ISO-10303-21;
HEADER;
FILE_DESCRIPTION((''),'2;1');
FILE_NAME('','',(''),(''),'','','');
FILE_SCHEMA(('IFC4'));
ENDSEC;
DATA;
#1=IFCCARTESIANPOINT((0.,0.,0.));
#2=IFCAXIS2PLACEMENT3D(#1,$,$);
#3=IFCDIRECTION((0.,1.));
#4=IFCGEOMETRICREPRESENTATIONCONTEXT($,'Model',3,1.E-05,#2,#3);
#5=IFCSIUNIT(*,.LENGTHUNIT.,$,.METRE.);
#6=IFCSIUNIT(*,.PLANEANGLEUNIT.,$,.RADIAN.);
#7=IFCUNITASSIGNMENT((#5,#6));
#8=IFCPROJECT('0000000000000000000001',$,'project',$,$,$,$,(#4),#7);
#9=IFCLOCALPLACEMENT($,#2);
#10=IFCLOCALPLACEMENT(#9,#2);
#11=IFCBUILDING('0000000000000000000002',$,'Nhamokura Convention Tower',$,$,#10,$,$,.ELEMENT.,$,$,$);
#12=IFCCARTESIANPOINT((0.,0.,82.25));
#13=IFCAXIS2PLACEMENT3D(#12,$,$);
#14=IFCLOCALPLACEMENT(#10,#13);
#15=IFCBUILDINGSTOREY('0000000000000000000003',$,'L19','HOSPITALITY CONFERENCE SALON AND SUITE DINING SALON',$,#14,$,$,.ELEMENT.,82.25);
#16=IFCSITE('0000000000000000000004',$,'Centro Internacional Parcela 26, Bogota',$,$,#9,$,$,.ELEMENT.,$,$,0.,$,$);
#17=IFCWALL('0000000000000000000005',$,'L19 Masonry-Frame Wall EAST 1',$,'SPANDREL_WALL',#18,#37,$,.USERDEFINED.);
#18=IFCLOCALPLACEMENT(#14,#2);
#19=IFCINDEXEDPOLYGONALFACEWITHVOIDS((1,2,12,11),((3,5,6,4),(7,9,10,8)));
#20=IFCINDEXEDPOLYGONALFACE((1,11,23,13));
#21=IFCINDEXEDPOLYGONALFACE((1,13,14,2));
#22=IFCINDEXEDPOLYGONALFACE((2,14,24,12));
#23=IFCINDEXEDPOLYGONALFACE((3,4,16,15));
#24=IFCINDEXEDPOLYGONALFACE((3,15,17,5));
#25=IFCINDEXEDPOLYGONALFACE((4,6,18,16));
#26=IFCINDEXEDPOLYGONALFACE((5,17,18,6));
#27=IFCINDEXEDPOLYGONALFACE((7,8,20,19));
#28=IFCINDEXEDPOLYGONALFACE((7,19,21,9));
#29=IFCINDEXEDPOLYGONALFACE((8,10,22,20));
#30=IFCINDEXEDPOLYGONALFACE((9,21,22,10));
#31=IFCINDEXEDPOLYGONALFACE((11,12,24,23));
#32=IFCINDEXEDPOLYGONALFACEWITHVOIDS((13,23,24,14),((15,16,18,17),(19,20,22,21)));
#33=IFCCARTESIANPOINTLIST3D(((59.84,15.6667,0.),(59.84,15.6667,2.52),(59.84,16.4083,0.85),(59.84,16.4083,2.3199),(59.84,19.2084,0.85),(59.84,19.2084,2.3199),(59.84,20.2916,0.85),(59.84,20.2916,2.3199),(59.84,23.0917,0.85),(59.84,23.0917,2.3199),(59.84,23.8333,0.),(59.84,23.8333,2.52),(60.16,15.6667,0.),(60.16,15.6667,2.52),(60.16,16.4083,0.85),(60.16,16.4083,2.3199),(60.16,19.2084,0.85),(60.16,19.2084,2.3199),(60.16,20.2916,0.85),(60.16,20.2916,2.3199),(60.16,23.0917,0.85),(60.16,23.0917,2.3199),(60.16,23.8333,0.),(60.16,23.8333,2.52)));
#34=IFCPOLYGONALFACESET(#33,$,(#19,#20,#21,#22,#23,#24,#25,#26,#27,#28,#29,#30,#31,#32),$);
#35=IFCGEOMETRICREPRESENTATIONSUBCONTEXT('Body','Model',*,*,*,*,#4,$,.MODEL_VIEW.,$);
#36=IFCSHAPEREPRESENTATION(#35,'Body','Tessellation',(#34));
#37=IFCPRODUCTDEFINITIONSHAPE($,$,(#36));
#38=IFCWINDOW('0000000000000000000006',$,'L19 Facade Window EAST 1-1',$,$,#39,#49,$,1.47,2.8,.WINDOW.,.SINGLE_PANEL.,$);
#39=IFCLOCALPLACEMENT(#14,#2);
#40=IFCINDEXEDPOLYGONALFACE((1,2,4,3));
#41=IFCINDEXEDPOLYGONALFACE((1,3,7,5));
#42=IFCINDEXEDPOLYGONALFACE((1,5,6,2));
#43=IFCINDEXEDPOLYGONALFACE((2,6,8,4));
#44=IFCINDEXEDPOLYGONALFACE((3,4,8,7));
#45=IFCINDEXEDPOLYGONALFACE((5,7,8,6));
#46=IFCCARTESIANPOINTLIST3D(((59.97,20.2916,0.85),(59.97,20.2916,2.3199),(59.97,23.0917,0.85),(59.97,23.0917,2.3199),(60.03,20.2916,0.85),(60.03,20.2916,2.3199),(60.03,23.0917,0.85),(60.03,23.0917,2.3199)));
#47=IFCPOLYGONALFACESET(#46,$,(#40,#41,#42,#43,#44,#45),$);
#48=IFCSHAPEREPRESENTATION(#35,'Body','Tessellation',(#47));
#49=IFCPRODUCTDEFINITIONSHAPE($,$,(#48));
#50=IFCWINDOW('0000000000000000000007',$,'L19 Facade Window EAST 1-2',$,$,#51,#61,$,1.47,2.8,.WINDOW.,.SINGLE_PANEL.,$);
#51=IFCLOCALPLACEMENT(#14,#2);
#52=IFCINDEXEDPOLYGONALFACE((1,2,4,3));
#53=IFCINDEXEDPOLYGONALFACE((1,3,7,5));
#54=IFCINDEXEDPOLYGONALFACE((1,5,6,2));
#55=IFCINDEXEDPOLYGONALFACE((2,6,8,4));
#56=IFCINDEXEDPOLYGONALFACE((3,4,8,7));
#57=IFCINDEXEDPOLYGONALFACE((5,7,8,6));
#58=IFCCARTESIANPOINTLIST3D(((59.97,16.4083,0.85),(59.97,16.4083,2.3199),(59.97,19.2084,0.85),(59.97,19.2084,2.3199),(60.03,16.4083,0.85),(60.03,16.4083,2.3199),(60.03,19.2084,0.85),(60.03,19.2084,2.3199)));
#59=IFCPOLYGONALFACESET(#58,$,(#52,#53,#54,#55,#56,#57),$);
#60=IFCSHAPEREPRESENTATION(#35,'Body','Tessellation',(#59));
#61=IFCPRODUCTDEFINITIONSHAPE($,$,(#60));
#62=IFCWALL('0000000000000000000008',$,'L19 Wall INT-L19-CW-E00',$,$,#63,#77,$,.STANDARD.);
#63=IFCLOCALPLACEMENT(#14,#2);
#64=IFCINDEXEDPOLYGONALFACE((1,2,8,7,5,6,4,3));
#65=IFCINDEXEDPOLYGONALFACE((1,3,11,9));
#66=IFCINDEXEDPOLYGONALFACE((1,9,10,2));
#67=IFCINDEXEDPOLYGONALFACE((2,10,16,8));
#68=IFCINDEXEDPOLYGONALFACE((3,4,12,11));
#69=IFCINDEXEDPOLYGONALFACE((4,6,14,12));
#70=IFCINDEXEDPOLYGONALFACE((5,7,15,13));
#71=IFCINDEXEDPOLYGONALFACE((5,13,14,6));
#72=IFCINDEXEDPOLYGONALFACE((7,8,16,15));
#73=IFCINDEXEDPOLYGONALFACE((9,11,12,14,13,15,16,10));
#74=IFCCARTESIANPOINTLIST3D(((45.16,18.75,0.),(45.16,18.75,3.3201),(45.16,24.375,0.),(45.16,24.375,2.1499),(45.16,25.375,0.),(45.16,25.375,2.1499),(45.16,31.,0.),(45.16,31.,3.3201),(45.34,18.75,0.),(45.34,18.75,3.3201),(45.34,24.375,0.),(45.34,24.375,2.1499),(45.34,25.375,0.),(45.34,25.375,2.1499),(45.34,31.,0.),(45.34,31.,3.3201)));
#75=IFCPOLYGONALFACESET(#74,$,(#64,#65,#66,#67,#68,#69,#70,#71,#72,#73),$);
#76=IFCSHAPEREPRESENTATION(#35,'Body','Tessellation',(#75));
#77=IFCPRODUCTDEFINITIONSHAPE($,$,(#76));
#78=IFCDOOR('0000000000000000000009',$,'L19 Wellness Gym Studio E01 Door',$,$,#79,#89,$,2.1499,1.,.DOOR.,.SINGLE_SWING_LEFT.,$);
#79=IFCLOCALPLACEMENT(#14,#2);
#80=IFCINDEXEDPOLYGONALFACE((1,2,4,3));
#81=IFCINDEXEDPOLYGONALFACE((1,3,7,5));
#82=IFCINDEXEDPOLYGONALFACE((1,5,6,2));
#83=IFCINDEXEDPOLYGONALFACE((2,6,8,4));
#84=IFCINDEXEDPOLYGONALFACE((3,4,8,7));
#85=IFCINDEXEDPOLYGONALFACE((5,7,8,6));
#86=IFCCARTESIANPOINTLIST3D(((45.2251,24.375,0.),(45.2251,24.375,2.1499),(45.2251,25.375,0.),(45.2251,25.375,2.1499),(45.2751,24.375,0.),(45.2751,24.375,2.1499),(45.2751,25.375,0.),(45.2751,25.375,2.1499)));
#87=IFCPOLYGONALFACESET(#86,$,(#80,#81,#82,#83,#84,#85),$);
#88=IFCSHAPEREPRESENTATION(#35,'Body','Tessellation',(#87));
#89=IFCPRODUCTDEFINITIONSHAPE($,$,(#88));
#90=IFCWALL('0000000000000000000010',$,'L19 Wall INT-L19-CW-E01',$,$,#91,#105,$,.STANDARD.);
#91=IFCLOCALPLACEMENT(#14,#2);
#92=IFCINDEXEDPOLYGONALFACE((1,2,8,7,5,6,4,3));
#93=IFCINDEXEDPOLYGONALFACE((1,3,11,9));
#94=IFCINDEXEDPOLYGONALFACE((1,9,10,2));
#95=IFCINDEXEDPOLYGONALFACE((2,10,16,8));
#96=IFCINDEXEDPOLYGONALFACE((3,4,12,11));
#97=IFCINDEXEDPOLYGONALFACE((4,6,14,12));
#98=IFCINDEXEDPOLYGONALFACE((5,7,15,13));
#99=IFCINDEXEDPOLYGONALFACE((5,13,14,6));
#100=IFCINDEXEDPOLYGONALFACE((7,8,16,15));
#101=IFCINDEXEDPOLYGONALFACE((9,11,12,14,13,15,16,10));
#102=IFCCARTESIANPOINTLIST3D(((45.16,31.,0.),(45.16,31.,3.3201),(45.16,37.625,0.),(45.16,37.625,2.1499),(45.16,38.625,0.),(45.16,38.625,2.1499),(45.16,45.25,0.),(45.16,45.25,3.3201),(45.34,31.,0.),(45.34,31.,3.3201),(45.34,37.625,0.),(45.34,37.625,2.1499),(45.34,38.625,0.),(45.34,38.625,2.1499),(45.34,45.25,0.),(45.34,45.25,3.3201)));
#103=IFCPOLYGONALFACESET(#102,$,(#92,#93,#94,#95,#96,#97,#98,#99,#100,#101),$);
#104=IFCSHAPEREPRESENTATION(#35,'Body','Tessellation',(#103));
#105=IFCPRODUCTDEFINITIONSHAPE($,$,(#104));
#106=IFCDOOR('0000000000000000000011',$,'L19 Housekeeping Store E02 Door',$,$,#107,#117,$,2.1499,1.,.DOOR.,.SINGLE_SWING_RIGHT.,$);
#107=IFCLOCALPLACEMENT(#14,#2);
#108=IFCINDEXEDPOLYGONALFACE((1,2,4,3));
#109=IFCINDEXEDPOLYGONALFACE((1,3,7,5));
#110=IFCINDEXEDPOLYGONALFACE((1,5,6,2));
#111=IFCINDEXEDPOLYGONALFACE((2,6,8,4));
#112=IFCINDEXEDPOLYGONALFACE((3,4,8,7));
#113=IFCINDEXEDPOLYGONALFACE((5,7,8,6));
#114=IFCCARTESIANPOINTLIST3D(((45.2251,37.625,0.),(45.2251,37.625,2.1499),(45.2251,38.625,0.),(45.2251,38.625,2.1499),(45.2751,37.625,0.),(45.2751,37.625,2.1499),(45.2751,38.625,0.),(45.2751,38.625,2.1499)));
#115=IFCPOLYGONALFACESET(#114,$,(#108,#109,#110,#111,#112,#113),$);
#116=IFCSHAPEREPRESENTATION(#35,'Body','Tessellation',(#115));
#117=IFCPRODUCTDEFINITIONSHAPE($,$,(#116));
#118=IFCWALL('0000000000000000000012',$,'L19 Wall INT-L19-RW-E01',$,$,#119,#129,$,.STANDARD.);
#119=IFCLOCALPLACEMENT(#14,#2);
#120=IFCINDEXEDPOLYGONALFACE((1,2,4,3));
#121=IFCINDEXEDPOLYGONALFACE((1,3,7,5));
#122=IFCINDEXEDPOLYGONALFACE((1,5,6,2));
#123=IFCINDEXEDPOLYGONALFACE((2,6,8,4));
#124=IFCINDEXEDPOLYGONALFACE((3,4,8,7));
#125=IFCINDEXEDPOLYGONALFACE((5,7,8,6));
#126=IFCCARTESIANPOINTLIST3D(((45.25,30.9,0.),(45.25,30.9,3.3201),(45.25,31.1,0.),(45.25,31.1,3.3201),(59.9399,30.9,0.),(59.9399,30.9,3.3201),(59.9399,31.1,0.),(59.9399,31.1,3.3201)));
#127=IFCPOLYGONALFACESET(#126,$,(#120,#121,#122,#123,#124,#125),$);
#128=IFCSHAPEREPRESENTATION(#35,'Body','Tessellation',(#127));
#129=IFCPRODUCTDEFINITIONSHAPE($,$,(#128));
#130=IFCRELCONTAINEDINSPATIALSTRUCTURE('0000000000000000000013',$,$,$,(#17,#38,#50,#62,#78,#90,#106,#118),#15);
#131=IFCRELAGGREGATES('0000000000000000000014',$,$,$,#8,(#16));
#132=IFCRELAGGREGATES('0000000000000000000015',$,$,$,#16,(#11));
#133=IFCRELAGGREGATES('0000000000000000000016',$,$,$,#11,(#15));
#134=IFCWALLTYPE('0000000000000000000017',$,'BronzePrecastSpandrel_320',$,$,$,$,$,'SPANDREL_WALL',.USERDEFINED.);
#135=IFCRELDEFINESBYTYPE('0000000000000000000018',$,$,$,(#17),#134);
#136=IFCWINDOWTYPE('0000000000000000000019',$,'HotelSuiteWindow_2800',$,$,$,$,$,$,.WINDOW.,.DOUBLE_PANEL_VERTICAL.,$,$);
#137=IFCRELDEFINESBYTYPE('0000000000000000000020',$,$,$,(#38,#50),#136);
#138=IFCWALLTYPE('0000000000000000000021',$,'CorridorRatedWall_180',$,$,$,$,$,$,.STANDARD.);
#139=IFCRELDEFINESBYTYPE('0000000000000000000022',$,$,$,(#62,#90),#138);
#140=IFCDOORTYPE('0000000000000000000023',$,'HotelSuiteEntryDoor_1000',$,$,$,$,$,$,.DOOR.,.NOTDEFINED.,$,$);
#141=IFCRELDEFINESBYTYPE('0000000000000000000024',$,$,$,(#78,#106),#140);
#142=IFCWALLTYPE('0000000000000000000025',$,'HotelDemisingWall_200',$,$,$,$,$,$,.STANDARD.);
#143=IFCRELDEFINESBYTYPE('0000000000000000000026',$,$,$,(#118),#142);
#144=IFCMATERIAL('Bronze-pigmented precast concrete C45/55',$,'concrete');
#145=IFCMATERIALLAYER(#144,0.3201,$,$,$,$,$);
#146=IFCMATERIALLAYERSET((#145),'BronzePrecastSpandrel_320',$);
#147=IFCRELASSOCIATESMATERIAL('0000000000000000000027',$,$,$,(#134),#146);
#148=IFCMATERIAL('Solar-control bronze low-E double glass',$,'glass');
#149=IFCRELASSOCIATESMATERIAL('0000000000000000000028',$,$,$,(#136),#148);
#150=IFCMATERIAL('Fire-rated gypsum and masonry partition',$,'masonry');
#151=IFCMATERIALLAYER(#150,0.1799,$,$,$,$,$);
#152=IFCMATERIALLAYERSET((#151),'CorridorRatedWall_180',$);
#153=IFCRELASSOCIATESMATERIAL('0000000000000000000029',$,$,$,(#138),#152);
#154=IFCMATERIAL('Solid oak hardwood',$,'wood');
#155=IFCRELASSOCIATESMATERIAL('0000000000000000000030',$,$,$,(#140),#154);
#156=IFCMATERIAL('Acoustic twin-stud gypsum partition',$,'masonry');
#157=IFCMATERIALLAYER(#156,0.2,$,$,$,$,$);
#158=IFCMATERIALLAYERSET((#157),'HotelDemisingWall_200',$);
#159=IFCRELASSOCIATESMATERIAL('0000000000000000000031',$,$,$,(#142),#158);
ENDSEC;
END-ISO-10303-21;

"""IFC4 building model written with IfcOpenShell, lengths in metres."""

from ifc_helpers import new_model, si_unit, direction, frame, frame_2d, origin, place, context, subcontext, project, spatial, rectangle, extrude, material, layer, layer_set, type_object, element, fill, save


model = new_model("IFC4")

# Units and contexts
model_context = context("Model", 3, precision=1e-05, world=origin(), true_north=direction((0.0, 1.0)))
body_context = subcontext(model_context, "Body", "Model", "MODEL_VIEW")
ifc_project = project(units=[si_unit("LENGTHUNIT", "METRE"), si_unit("PLANEANGLEUNIT", "RADIAN")], contexts=[model_context])

# Site, building, storey
site_placement = place(None, origin())
site = spatial("IfcSite", under=ifc_project, at=site_placement, Name="Centro Internacional Parcela 26, Bogota", CompositionType="ELEMENT", RefElevation=0.0)
building_placement = place(site_placement, origin())
building = spatial("IfcBuilding", under=site, at=building_placement, Name="Nhamokura Convention Tower", CompositionType="ELEMENT")
storey_placement = place(building_placement, frame((0.0, 0.0, 82.25)))
storey = spatial("IfcBuildingStorey", under=building, at=storey_placement, Name="L19", Description="HOSPITALITY CONFERENCE SALON AND SUITE DINING SALON", CompositionType="ELEMENT", Elevation=82.25)

# Shared definitions
ifc_material_1 = material(Name="Bronze-pigmented precast concrete C45/55", Category="concrete")
ifc_layer_1 = layer(ifc_material_1, 0.3201)
ifc_layer_set_1 = layer_set([ifc_layer_1], Name="BronzePrecastSpandrel_320")
wall_type_1 = type_object("IfcWallType", Name="BronzePrecastSpandrel_320", ElementType="SPANDREL_WALL", PredefinedType="USERDEFINED", material=ifc_layer_set_1)

# Wall, openings, windows
wall_1_placement = place(storey_placement, frame((60.0, 23.8333, 0.0), z_axis=(0.0, 0.0, 1.0), x_axis=(0.0, -1.0, 0.0)))
wall_1 = element("IfcWall", 1, at=wall_1_placement, inside=storey, type_object=wall_type_1, Name="L19 Masonry-Frame Wall EAST 1", ObjectType="SPANDREL_WALL", PredefinedType="USERDEFINED", context=body_context, shape_type="SweptSolid", body=[
    extrude(rectangle(XDim=8.1665, YDim=0.3201, at=frame_2d((4.0833, 0.0))), origin(), (0.0, 0.0, 1.0), 2.52),
])
opening_1_placement = place(wall_1_placement, frame((0.7417, 0.0, 0.8501)))
opening_1 = element("IfcOpeningElement", 2, at=opening_1_placement, cuts=wall_1, PredefinedType="OPENING", context=body_context, shape_type="SweptSolid", body=[
    extrude(rectangle(XDim=2.8, YDim=1.47, at=frame_2d((1.3999, 0.7349))), frame((0.0, 0.1699, 0.0), z_axis=(0.0, -1.0, 0.0), x_axis=(1.0, 0.0, 0.0)), (0.0, 0.0, 1.0), 0.3401),
])
opening_2_placement = place(wall_1_placement, frame((4.625, 0.0, 0.8501)))
opening_2 = element("IfcOpeningElement", 3, at=opening_2_placement, cuts=wall_1, PredefinedType="OPENING", context=body_context, shape_type="SweptSolid", body=[
    extrude(rectangle(XDim=2.8, YDim=1.47, at=frame_2d((1.3999, 0.7349))), frame((0.0, 0.1699, 0.0), z_axis=(0.0, -1.0, 0.0), x_axis=(1.0, 0.0, 0.0)), (0.0, 0.0, 1.0), 0.3401),
])
ifc_material_2 = material(Name="Solar-control bronze low-E double glass", Category="glass")
window_type = type_object("IfcWindowType", Name="HotelSuiteWindow_2800", PartitioningType="DOUBLE_PANEL_VERTICAL", PredefinedType="WINDOW", material=ifc_material_2)
window_1_placement = place(opening_1_placement, origin())
window_1 = element("IfcWindow", 4, at=window_1_placement, inside=storey, type_object=window_type, Name="L19 Facade Window EAST 1-1", OverallHeight=1.47, OverallWidth=2.8, PartitioningType="SINGLE_PANEL", PredefinedType="WINDOW", context=body_context, shape_type="SweptSolid", body=[
    extrude(rectangle(XDim=2.8, YDim=1.47, at=frame_2d((1.3999, 0.7349))), frame((0.0, 0.03, 0.0), z_axis=(0.0, -1.0, 0.0), x_axis=(1.0, 0.0, 0.0)), (0.0, 0.0, 1.0), 0.0601),
])
fill(opening_1, window_1)
window_2_placement = place(opening_2_placement, origin())
window_2 = element("IfcWindow", 5, at=window_2_placement, inside=storey, type_object=window_type, Name="L19 Facade Window EAST 1-2", OverallHeight=1.47, OverallWidth=2.8, PartitioningType="SINGLE_PANEL", PredefinedType="WINDOW", context=body_context, shape_type="SweptSolid", body=[
    extrude(rectangle(XDim=2.8, YDim=1.47, at=frame_2d((1.3999, 0.7349))), frame((0.0, 0.03, 0.0), z_axis=(0.0, -1.0, 0.0), x_axis=(1.0, 0.0, 0.0)), (0.0, 0.0, 1.0), 0.0601),
])
fill(opening_2, window_2)

# Walls, openings, doors
ifc_material_3 = material(Name="Fire-rated gypsum and masonry partition", Category="masonry")
ifc_layer_2 = layer(ifc_material_3, 0.1799)
ifc_layer_set_2 = layer_set([ifc_layer_2], Name="CorridorRatedWall_180")
wall_type_2 = type_object("IfcWallType", Name="CorridorRatedWall_180", PredefinedType="STANDARD", material=ifc_layer_set_2)
wall_2_placement = place(storey_placement, frame((45.25, 18.75, 0.0), z_axis=(0.0, 0.0, 1.0), x_axis=(0.0, 1.0, 0.0)))
wall_2 = element("IfcWall", 6, at=wall_2_placement, inside=storey, type_object=wall_type_2, Name="L19 Wall INT-L19-CW-E00", PredefinedType="STANDARD", context=body_context, shape_type="SweptSolid", body=[
    extrude(rectangle(XDim=12.25, YDim=0.1799, at=frame_2d((6.125, 0.0))), origin(), (0.0, 0.0, 1.0), 3.3201),
])
opening_3_placement = place(wall_2_placement, frame((5.625, 0.0, 0.0)))
opening_3 = element("IfcOpeningElement", 7, at=opening_3_placement, cuts=wall_2, PredefinedType="OPENING", context=body_context, shape_type="SweptSolid", body=[
    extrude(rectangle(XDim=1.0, YDim=2.1499, at=frame_2d((0.5, 1.075))), frame((0.0, 0.0999, 0.0), z_axis=(0.0, -1.0, 0.0), x_axis=(1.0, 0.0, 0.0)), (0.0, 0.0, 1.0), 0.2),
])
ifc_material_4 = material(Name="Solid oak hardwood", Category="wood")
door_type = type_object("IfcDoorType", Name="HotelSuiteEntryDoor_1000", OperationType="NOTDEFINED", PredefinedType="DOOR", material=ifc_material_4)
door_1_placement = place(opening_3_placement, origin())
door_1 = element("IfcDoor", 8, at=door_1_placement, inside=storey, type_object=door_type, Name="L19 Wellness Gym Studio E01 Door", OperationType="SINGLE_SWING_LEFT", OverallHeight=2.1499, OverallWidth=1.0, PredefinedType="DOOR", context=body_context, shape_type="SweptSolid", body=[
    extrude(rectangle(XDim=1.0, YDim=2.1499, at=frame_2d((0.5, 1.075))), frame((0.0, 0.0249, 0.0), z_axis=(0.0, -1.0, 0.0), x_axis=(1.0, 0.0, 0.0)), (0.0, 0.0, 1.0), 0.05),
])
fill(opening_3, door_1)
wall_3_placement = place(storey_placement, frame((45.25, 31.0, 0.0), z_axis=(0.0, 0.0, 1.0), x_axis=(0.0, 1.0, 0.0)))
wall_3 = element("IfcWall", 9, at=wall_3_placement, inside=storey, type_object=wall_type_2, Name="L19 Wall INT-L19-CW-E01", PredefinedType="STANDARD", context=body_context, shape_type="SweptSolid", body=[
    extrude(rectangle(XDim=14.25, YDim=0.1799, at=frame_2d((7.125, 0.0))), origin(), (0.0, 0.0, 1.0), 3.3201),
])
opening_4_placement = place(wall_3_placement, frame((6.625, 0.0, 0.0)))
opening_4 = element("IfcOpeningElement", 10, at=opening_4_placement, cuts=wall_3, PredefinedType="OPENING", context=body_context, shape_type="SweptSolid", body=[
    extrude(rectangle(XDim=1.0, YDim=2.1499, at=frame_2d((0.5, 1.075))), frame((0.0, 0.0999, 0.0), z_axis=(0.0, -1.0, 0.0), x_axis=(1.0, 0.0, 0.0)), (0.0, 0.0, 1.0), 0.2),
])
door_2_placement = place(opening_4_placement, origin())
door_2 = element("IfcDoor", 11, at=door_2_placement, inside=storey, type_object=door_type, Name="L19 Housekeeping Store E02 Door", OperationType="SINGLE_SWING_RIGHT", OverallHeight=2.1499, OverallWidth=1.0, PredefinedType="DOOR", context=body_context, shape_type="SweptSolid", body=[
    extrude(rectangle(XDim=1.0, YDim=2.1499, at=frame_2d((0.5, 1.075))), frame((0.0, 0.0249, 0.0), z_axis=(0.0, -1.0, 0.0), x_axis=(1.0, 0.0, 0.0)), (0.0, 0.0, 1.0), 0.05),
])
fill(opening_4, door_2)

# Wall
ifc_material_5 = material(Name="Acoustic twin-stud gypsum partition", Category="masonry")
ifc_layer_3 = layer(ifc_material_5, 0.2)
ifc_layer_set_3 = layer_set([ifc_layer_3], Name="HotelDemisingWall_200")
wall_type_3 = type_object("IfcWallType", Name="HotelDemisingWall_200", PredefinedType="STANDARD", material=ifc_layer_set_3)
wall_4_placement = place(storey_placement, frame((45.25, 31.0, 0.0), z_axis=(0.0, 0.0, 1.0), x_axis=(1.0, 0.0, 0.0)))
element("IfcWall", 12, at=wall_4_placement, inside=storey, type_object=wall_type_3, Name="L19 Wall INT-L19-RW-E01", PredefinedType="STANDARD", context=body_context, shape_type="SweptSolid", body=[
    extrude(rectangle(XDim=14.6899, YDim=0.2, at=frame_2d((7.345, 0.0))), origin(), (0.0, 0.0, 1.0), 3.3201),
])

save(model, "model.ifc")
